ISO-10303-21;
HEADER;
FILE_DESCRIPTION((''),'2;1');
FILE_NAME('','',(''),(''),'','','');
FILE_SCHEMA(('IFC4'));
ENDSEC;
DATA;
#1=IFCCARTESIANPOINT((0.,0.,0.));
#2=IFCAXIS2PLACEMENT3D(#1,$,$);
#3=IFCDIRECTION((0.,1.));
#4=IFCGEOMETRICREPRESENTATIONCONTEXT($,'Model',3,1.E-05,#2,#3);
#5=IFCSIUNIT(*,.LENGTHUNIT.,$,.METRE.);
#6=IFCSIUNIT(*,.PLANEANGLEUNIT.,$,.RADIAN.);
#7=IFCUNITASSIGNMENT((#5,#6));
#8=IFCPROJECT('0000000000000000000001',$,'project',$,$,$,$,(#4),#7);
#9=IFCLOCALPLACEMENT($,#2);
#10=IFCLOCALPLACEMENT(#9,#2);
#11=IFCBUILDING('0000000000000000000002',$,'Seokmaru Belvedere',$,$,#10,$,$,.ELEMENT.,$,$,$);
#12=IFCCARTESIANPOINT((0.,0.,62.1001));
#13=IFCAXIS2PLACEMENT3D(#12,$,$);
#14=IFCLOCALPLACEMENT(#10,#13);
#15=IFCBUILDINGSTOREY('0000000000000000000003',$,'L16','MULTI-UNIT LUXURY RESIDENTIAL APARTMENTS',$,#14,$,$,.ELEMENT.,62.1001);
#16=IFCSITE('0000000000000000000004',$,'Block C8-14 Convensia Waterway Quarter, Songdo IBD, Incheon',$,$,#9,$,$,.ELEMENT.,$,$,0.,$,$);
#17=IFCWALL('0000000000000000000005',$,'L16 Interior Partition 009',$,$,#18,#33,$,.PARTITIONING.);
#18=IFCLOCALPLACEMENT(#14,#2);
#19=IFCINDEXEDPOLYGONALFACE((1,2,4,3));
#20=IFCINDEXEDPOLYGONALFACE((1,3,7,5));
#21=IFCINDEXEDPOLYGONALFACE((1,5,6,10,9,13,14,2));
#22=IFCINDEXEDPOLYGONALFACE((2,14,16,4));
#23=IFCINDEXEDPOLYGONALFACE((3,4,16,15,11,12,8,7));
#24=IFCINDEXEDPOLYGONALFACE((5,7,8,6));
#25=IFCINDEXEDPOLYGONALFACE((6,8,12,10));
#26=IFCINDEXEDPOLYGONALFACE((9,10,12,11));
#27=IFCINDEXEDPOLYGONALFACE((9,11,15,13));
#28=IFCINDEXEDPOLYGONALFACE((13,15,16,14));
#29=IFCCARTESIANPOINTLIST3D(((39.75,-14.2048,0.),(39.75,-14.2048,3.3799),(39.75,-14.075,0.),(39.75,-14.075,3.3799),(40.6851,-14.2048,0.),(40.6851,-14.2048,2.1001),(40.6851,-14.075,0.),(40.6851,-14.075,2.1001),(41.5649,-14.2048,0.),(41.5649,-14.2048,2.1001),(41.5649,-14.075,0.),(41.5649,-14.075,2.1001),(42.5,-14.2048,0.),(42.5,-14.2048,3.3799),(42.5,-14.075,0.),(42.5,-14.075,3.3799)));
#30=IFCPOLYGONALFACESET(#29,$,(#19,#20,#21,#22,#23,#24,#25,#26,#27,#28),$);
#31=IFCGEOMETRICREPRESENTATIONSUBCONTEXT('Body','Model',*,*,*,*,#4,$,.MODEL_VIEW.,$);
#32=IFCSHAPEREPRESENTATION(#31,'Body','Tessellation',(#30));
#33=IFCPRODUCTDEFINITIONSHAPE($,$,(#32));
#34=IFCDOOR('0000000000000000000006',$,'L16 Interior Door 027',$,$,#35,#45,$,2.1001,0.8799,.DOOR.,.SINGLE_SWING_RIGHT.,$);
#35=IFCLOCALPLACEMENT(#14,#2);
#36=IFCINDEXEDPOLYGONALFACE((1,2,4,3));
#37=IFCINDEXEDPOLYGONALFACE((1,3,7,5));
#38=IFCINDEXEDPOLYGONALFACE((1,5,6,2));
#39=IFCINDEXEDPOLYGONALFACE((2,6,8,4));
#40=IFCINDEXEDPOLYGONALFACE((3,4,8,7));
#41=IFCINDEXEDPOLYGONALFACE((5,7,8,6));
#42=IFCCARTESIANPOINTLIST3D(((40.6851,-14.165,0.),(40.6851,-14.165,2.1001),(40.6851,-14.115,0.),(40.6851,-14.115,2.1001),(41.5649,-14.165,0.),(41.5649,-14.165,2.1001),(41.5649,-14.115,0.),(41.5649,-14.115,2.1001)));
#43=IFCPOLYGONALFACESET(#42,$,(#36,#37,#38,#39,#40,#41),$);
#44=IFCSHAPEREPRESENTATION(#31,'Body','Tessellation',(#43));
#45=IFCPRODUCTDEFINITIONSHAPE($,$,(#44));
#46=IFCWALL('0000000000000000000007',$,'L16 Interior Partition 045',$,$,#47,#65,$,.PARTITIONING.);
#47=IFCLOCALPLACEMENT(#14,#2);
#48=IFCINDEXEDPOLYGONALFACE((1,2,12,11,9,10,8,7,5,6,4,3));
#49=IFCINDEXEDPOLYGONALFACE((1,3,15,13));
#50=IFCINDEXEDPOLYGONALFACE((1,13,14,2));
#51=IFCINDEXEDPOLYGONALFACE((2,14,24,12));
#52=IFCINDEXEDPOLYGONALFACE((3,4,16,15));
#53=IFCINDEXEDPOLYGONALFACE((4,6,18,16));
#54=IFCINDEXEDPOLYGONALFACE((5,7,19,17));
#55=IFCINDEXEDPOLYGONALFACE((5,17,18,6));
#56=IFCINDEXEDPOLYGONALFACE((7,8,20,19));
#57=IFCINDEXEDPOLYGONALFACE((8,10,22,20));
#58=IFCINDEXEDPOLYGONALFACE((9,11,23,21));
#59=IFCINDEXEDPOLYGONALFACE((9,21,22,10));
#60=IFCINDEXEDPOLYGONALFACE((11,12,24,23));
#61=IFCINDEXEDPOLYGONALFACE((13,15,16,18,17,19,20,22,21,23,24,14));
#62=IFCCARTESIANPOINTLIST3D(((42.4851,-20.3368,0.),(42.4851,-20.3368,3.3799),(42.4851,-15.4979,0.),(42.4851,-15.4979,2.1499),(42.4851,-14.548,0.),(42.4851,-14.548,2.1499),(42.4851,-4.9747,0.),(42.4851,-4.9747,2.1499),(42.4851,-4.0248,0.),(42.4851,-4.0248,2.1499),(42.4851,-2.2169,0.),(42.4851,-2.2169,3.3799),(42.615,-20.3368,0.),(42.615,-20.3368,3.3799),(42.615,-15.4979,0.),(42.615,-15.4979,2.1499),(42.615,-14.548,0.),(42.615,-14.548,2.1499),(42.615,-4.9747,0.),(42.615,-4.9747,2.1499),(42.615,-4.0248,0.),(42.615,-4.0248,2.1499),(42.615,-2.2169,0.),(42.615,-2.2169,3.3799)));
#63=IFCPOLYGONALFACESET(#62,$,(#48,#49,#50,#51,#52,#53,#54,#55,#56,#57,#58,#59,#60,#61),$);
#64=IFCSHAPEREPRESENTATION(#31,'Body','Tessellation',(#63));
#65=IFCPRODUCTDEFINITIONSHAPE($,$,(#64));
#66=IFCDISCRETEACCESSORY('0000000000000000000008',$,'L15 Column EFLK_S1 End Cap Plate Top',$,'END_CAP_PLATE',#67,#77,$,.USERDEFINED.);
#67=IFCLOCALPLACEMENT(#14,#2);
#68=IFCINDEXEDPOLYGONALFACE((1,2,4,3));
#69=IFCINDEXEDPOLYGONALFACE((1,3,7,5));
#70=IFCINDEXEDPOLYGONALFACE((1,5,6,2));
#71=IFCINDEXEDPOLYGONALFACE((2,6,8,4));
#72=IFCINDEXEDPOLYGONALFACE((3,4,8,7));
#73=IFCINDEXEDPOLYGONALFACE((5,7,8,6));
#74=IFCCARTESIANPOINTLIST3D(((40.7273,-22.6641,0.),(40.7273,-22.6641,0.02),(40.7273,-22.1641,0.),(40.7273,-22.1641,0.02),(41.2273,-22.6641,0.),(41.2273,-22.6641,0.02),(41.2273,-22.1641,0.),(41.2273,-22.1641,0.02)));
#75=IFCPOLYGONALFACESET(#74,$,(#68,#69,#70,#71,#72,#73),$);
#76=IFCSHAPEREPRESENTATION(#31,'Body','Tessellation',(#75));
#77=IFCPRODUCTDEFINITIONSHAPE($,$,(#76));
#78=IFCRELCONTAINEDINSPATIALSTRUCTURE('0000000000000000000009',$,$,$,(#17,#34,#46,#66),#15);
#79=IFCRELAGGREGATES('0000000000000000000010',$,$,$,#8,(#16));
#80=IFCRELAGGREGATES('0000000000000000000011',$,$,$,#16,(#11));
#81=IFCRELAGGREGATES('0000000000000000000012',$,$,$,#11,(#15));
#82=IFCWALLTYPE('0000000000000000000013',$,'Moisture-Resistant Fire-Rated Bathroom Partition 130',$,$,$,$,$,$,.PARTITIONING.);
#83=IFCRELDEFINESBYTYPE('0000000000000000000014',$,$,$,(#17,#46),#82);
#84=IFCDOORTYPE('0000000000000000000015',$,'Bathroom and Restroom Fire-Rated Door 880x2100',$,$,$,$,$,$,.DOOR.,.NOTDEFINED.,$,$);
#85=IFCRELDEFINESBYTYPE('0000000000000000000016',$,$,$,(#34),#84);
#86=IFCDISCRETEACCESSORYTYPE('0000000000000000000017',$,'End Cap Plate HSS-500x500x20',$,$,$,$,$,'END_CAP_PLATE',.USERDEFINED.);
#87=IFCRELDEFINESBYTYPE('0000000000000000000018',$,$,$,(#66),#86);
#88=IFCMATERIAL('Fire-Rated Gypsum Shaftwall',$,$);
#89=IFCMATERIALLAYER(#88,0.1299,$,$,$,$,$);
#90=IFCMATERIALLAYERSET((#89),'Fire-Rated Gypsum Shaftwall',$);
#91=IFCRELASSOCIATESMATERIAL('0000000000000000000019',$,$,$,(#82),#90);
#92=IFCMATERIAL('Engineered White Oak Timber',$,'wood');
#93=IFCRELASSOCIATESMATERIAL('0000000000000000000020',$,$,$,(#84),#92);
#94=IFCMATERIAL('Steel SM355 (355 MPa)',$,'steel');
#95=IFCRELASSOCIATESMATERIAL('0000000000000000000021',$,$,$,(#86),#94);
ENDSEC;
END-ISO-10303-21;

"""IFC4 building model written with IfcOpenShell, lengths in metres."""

from ifc_helpers import new_model, si_unit, direction, frame, frame_2d, origin, origin_2d, place, context, subcontext, project, spatial, rectangle, extrude, source, transform, mapped, material, layer, layer_set, type_object, type_shapes, element, fill, save


model = new_model("IFC4")

# Units and contexts
model_context = context("Model", 3, precision=1e-05, world=origin(), true_north=direction((0.0, 1.0)))
body_context = subcontext(model_context, "Body", "Model", "MODEL_VIEW")
ifc_project = project(units=[si_unit("LENGTHUNIT", "METRE"), si_unit("PLANEANGLEUNIT", "RADIAN")], contexts=[model_context])

# Site, building, storey
site_placement = place(None, origin())
site = spatial("IfcSite", under=ifc_project, at=site_placement, Name="Block C8-14 Convensia Waterway Quarter, Songdo IBD, Incheon", CompositionType="ELEMENT", RefElevation=0.0)
building_placement = place(site_placement, origin())
building = spatial("IfcBuilding", under=site, at=building_placement, Name="Seokmaru Belvedere", CompositionType="ELEMENT")
storey_placement = place(building_placement, frame((0.0, 0.0, 62.1001)))
storey = spatial("IfcBuildingStorey", under=building, at=storey_placement, Name="L16", Description="MULTI-UNIT LUXURY RESIDENTIAL APARTMENTS", CompositionType="ELEMENT", Elevation=62.1001)

# Shared definitions
ifc_material_1 = material(Name="Steel SM355 (355 MPa)", Category="steel")

# Shared definitions
ifc_material_2 = material(Name="Fire-Rated Gypsum Shaftwall")
ifc_material_3 = material(Name="Engineered White Oak Timber", Category="wood")

# Wall, opening, door
ifc_layer_1 = layer(ifc_material_2, 0.1299)
ifc_layer_set_1 = layer_set([ifc_layer_1], Name="Fire-Rated Gypsum Shaftwall")
wall_type_1 = type_object("IfcWallType", Name="Moisture-Resistant Fire-Rated Bathroom Partition 130", PredefinedType="PARTITIONING", material=ifc_layer_set_1)
wall_1_placement = place(storey_placement, frame((39.75, -14.1399, 0.0), z_axis=(0.0, 0.0, 1.0), x_axis=(1.0, 0.0, 0.0)))
wall_1 = element("IfcWall", 1, at=wall_1_placement, inside=storey, type_object=wall_type_1, Name="L16 Interior Partition 009", PredefinedType="PARTITIONING", context=body_context, shape_type="SweptSolid", body=[
    extrude(rectangle(XDim=2.75, YDim=0.1299, at=frame_2d((1.375, 0.0))), origin(), (0.0, 0.0, 1.0), 3.3799),
])
opening_1_placement = place(wall_1_placement, frame((0.9351, 0.0, 0.0)))
opening_1 = element("IfcOpeningElement", 2, at=opening_1_placement, cuts=wall_1, PredefinedType="OPENING", context=body_context, shape_type="SweptSolid", body=[
    extrude(rectangle(XDim=0.8799, YDim=2.1001, at=frame_2d((0.4399, 1.05))), frame((0.0, 0.075, 0.0), z_axis=(0.0, -1.0, 0.0), x_axis=(1.0, 0.0, 0.0)), (0.0, 0.0, 1.0), 0.1499),
])
door_type_1 = type_object("IfcDoorType", Name="Bathroom and Restroom Fire-Rated Door 880x2100", OperationType="NOTDEFINED", PredefinedType="DOOR", material=ifc_material_3)
shared_shape_1 = source(origin(), body_context, "Body", "SweptSolid", [
    extrude(rectangle(XDim=0.8799, YDim=2.1001, at=frame_2d((0.4399, 1.05))), frame((0.0, 0.0249, 0.0), z_axis=(0.0, -1.0, 0.0), x_axis=(1.0, 0.0, 0.0)), (0.0, 0.0, 1.0), 0.05),
])
type_shapes(door_type_1, [shared_shape_1])
door_1_placement = place(opening_1_placement, origin())
door_1 = element("IfcDoor", 3, at=door_1_placement, inside=storey, type_object=door_type_1, Name="L16 Interior Door 027", OperationType="SINGLE_SWING_RIGHT", OverallHeight=2.1001, OverallWidth=0.8799, PredefinedType="DOOR", context=body_context, shape_type="MappedRepresentation", body=[
    mapped(shared_shape_1, transform((0.0, 0.0, 0.0), scale=1.0)),
])
fill(opening_1, door_1)

# Wall, openings
wall_2_placement = place(storey_placement, frame((42.55, -20.3369, 0.0), z_axis=(0.0, 0.0, 1.0), x_axis=(0.0, 1.0, 0.0)))
wall_2 = element("IfcWall", 4, at=wall_2_placement, inside=storey, type_object=wall_type_1, Name="L16 Interior Partition 045", PredefinedType="PARTITIONING", context=body_context, shape_type="SweptSolid", body=[
    extrude(rectangle(XDim=18.1199, YDim=0.1299, at=frame_2d((9.0601, 0.0))), origin(), (0.0, 0.0, 1.0), 3.3799),
])
opening_2_placement = place(wall_2_placement, frame((4.8389, 0.0, 0.0)))
element("IfcOpeningElement", 5, at=opening_2_placement, cuts=wall_2, PredefinedType="OPENING", context=body_context, shape_type="SweptSolid", body=[
    extrude(rectangle(XDim=0.95, YDim=2.1499, at=frame_2d((0.4751, 1.075))), frame((0.0, 0.075, 0.0), z_axis=(0.0, -1.0, 0.0), x_axis=(1.0, 0.0, 0.0)), (0.0, 0.0, 1.0), 0.1499),
])
opening_3_placement = place(wall_2_placement, frame((15.3621, 0.0, 0.0)))
element("IfcOpeningElement", 6, at=opening_3_placement, cuts=wall_2, PredefinedType="OPENING", context=body_context, shape_type="SweptSolid", body=[
    extrude(rectangle(XDim=0.95, YDim=2.1499, at=frame_2d((0.4751, 1.075))), frame((0.0, 0.075, 0.0), z_axis=(0.0, -1.0, 0.0), x_axis=(1.0, 0.0, 0.0)), (0.0, 0.0, 1.0), 0.1499),
])

# Discrete accessory
discrete_accessory_type = type_object("IfcDiscreteAccessoryType", Name="End Cap Plate HSS-500x500x20", ElementType="END_CAP_PLATE", PredefinedType="USERDEFINED", material=ifc_material_1)
shared_shape_2 = source(origin(), body_context, "Body", "SweptSolid", [
    extrude(rectangle(XDim=0.5, YDim=0.5, at=origin_2d()), origin(), (0.0, 0.0, 1.0), 0.02),
])
type_shapes(discrete_accessory_type, [shared_shape_2])
discrete_accessory_placement = place(storey_placement, frame((40.9773, -22.4141, 0.0), z_axis=(0.0, 0.0, 1.0), x_axis=(1.0, 0.0, 0.0)))
element("IfcDiscreteAccessory", 7, at=discrete_accessory_placement, inside=storey, type_object=discrete_accessory_type, Name="L15 Column EFLK_S1 End Cap Plate Top", ObjectType="END_CAP_PLATE", PredefinedType="USERDEFINED", context=body_context, shape_type="MappedRepresentation", body=[
    mapped(shared_shape_2, transform((0.0, 0.0, 0.0), scale=1.0)),
])

save(model, "model.ifc")
